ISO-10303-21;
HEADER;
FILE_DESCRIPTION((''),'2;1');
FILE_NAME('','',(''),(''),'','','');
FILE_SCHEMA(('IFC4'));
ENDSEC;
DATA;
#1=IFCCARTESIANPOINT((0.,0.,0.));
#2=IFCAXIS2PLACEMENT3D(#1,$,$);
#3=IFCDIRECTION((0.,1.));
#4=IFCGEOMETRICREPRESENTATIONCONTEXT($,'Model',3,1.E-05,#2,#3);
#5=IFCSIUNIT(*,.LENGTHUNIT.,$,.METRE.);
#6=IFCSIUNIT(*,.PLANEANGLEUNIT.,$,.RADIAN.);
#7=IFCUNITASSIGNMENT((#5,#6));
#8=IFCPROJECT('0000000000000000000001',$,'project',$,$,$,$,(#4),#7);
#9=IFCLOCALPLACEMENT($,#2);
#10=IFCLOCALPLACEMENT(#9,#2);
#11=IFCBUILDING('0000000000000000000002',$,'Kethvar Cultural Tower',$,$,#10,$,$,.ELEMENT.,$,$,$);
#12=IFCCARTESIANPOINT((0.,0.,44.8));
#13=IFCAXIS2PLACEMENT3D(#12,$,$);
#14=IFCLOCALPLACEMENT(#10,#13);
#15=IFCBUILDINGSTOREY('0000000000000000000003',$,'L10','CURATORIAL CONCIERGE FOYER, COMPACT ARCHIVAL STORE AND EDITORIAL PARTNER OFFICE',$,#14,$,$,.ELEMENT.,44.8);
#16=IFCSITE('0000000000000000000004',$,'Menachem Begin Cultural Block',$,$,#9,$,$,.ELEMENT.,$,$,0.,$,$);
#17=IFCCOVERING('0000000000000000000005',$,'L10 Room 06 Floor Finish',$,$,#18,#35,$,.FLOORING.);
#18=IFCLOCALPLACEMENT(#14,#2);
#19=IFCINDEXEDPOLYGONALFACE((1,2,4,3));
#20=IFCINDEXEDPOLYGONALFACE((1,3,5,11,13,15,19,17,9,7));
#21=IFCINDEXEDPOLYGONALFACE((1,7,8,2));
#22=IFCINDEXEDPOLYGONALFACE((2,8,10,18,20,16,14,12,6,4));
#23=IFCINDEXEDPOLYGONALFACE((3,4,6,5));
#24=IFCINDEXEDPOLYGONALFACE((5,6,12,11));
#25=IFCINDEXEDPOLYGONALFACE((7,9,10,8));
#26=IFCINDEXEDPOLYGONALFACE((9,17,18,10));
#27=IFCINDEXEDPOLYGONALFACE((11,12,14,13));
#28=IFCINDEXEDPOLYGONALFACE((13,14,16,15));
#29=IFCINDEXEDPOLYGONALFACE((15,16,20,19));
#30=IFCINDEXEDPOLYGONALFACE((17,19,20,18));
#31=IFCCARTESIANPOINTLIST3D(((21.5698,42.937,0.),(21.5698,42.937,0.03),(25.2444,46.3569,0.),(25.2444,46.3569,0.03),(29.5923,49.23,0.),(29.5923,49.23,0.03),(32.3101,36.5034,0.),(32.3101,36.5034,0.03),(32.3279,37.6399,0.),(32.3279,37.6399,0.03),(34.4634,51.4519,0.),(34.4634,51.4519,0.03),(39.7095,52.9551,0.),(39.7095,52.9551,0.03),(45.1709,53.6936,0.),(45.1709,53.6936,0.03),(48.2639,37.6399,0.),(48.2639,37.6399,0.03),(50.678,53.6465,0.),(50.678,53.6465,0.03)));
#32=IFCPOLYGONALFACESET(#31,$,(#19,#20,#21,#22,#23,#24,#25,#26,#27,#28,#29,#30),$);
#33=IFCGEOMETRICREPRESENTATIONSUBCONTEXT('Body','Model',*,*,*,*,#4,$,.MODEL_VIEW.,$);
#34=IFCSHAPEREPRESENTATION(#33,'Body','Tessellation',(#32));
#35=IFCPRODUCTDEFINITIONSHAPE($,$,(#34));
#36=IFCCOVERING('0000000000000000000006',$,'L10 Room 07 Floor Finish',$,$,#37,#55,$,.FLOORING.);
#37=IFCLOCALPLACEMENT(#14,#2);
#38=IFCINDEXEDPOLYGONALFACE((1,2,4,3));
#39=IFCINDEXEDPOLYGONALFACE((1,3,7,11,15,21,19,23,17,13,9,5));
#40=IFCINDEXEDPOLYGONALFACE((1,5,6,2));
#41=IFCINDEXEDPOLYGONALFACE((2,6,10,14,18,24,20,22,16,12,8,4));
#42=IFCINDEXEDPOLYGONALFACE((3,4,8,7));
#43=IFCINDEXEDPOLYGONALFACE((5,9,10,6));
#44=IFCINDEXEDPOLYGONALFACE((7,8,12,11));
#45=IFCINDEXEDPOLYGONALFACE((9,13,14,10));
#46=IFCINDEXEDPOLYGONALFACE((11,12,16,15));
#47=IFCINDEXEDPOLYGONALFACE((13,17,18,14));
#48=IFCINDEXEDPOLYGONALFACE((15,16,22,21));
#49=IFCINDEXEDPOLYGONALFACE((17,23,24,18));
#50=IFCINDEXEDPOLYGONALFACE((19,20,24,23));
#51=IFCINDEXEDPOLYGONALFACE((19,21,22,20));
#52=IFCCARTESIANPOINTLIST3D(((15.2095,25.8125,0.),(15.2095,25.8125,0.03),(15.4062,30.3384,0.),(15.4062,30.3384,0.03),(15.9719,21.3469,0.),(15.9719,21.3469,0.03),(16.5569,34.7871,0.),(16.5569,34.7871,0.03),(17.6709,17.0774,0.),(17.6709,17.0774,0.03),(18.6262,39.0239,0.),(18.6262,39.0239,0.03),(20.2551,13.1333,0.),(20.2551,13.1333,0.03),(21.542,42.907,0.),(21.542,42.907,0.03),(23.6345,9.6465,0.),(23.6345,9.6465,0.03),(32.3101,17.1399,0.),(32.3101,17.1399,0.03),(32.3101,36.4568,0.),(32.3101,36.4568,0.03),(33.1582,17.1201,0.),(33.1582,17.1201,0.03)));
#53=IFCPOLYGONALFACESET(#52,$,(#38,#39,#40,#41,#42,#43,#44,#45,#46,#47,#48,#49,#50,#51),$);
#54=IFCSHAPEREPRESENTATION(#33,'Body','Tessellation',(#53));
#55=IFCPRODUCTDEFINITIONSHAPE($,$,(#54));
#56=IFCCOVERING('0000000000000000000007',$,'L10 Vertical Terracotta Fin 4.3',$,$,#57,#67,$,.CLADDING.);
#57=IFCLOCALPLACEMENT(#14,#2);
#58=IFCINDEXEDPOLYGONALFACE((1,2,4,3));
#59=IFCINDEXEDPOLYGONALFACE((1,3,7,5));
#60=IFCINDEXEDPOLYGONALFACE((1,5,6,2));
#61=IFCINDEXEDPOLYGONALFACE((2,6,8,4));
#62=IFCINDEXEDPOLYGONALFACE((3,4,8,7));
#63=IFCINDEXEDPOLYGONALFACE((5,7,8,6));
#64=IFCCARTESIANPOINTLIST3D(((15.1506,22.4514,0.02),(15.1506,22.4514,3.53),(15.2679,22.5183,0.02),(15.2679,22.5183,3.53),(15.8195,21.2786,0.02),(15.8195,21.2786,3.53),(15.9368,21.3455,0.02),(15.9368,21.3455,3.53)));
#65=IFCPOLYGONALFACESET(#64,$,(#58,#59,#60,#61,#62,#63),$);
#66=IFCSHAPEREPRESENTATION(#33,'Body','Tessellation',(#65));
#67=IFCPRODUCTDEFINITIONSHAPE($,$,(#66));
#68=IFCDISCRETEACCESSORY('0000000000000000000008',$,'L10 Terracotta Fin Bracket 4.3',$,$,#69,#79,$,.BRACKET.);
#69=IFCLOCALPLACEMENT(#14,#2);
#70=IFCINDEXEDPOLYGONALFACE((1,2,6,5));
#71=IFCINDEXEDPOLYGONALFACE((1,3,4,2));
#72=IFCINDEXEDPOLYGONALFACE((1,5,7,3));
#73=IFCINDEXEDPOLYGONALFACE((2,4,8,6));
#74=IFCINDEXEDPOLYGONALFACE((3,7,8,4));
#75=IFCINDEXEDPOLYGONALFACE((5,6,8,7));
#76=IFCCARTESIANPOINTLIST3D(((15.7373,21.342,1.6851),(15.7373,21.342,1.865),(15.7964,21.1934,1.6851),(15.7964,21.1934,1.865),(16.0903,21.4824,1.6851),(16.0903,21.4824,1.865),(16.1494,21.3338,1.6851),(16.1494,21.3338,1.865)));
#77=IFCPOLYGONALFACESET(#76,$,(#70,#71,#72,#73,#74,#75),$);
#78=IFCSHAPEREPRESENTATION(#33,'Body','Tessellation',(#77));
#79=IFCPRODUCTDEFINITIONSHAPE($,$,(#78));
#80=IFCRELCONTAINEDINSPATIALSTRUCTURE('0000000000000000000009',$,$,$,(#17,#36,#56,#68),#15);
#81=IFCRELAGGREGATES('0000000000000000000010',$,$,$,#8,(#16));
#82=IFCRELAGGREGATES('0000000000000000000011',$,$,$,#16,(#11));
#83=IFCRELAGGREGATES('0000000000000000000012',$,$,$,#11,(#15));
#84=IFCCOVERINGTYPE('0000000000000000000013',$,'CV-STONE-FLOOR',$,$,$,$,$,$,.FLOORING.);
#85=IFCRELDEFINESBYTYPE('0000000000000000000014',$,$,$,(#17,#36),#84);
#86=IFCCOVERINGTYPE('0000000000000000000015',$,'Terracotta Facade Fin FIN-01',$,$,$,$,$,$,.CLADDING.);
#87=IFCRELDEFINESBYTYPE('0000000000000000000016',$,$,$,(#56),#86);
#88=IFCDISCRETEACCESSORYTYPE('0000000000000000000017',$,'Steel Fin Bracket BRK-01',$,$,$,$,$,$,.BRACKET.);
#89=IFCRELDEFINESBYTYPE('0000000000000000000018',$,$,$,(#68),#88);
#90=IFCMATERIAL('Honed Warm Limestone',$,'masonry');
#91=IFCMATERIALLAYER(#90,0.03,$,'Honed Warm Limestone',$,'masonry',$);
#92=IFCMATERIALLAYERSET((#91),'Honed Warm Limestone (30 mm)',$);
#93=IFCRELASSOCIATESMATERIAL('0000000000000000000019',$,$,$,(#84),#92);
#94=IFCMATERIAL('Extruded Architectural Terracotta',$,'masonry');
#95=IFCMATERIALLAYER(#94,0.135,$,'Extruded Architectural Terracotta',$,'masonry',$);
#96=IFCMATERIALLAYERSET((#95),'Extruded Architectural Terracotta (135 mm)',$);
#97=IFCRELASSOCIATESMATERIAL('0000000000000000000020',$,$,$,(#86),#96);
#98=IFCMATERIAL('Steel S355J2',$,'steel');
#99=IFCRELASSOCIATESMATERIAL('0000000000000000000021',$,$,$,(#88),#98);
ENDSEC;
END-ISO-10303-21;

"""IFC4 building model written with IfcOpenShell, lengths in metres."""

from ifc_helpers import new_model, si_unit, direction, frame, origin, origin_2d, place, context, subcontext, project, spatial, polyline, rectangle, outline, extrude, source, transform, mapped, material, layer, layer_set, type_object, element, save


model = new_model("IFC4")

# Units and contexts
model_context = context("Model", 3, precision=1e-05, world=origin(), true_north=direction((0.0, 1.0)))
body_context = subcontext(model_context, "Body", "Model", "MODEL_VIEW")
ifc_project = project(units=[si_unit("LENGTHUNIT", "METRE"), si_unit("PLANEANGLEUNIT", "RADIAN")], contexts=[model_context])

# Site, building, storey
site_placement = place(None, origin())
site = spatial("IfcSite", under=ifc_project, at=site_placement, Name="Menachem Begin Cultural Block", CompositionType="ELEMENT", RefElevation=0.0)
building_placement = place(site_placement, origin())
building = spatial("IfcBuilding", under=site, at=building_placement, Name="Kethvar Cultural Tower", CompositionType="ELEMENT")
storey_placement = place(building_placement, frame((0.0, 0.0, 44.8)))
storey = spatial("IfcBuildingStorey", under=building, at=storey_placement, Name="L10", Description="CURATORIAL CONCIERGE FOYER, COMPACT ARCHIVAL STORE AND EDITORIAL PARTNER OFFICE", CompositionType="ELEMENT", Elevation=44.8)

# Coverings
ifc_material_1 = material(Name="Honed Warm Limestone", Category="masonry")
ifc_layer_1 = layer(ifc_material_1, 0.03, Name="Honed Warm Limestone", Category="masonry")
ifc_layer_set_1 = layer_set([ifc_layer_1], Name="Honed Warm Limestone (30 mm)")
covering_type_1 = type_object("IfcCoveringType", Name="CV-STONE-FLOOR", PredefinedType="FLOORING", material=ifc_layer_set_1)
covering_1_placement = place(storey_placement, origin())
element("IfcCovering", 1, at=covering_1_placement, inside=storey, type_object=covering_type_1, Name="L10 Room 06 Floor Finish", PredefinedType="FLOORING", context=body_context, shape_type="SweptSolid", body=[
    extrude(outline(polyline([(25.2444, 46.3569), (29.5923, 49.23), (34.4634, 51.4519), (39.7095, 52.9551), (45.1709, 53.6936), (50.678, 53.6465), (48.2639, 37.6399), (32.3279, 37.6399), (32.3101, 36.5034), (21.5698, 42.937), (25.2444, 46.3569)])), origin(), (0.0, 0.0, 1.0), 0.03),
])
covering_2_placement = place(storey_placement, origin())
element("IfcCovering", 2, at=covering_2_placement, inside=storey, type_object=covering_type_1, Name="L10 Room 07 Floor Finish", PredefinedType="FLOORING", context=body_context, shape_type="SweptSolid", body=[
    extrude(outline(polyline([(20.2551, 13.1333), (17.6709, 17.0774), (15.9719, 21.3469), (15.2095, 25.8125), (15.4062, 30.3384), (16.5569, 34.7871), (18.6262, 39.0239), (21.542, 42.907), (32.3101, 36.4568), (32.3101, 17.1399), (33.1582, 17.1201), (23.6345, 9.6465), (20.2551, 13.1333)])), origin(), (0.0, 0.0, 1.0), 0.03),
])
ifc_material_2 = material(Name="Extruded Architectural Terracotta", Category="masonry")
ifc_layer_2 = layer(ifc_material_2, 0.135, Name="Extruded Architectural Terracotta", Category="masonry")
ifc_layer_set_2 = layer_set([ifc_layer_2], Name="Extruded Architectural Terracotta (135 mm)")
covering_type_2 = type_object("IfcCoveringType", Name="Terracotta Facade Fin FIN-01", PredefinedType="CLADDING", material=ifc_layer_set_2)
shared_shape_1 = source(origin(), body_context, "Body", "SweptSolid", [
    extrude(rectangle(XDim=1.3501, YDim=0.135, at=origin_2d()), origin(), (0.0, 0.0, 1.0), 3.51),
])
covering_3_placement = place(storey_placement, frame((15.5437, 21.8984, 0.02), z_axis=(0.0, 0.0, 1.0), x_axis=(-0.495459, 0.868632, 0.0)))
element("IfcCovering", 3, at=covering_3_placement, inside=storey, type_object=covering_type_2, Name="L10 Vertical Terracotta Fin 4.3", PredefinedType="CLADDING", context=body_context, shape_type="MappedRepresentation", body=[
    mapped(shared_shape_1, transform((0.0, 0.0, 0.0), scale=1.0)),
])

# Discrete accessory
ifc_material_3 = material(Name="Steel S355J2", Category="steel")
discrete_accessory_type = type_object("IfcDiscreteAccessoryType", Name="Steel Fin Bracket BRK-01", PredefinedType="BRACKET", material=ifc_material_3)
shared_shape_2 = source(origin(), body_context, "Body", "SweptSolid", [
    extrude(rectangle(XDim=0.3799, YDim=0.1599, at=origin_2d()), origin(), (0.0, 0.0, 1.0), 0.1799),
])
discrete_accessory_placement = place(storey_placement, frame((15.9434, 21.3379, 1.6851), z_axis=(0.0, 0.0, 1.0), x_axis=(-0.929133, -0.369747, 0.0)))
element("IfcDiscreteAccessory", 4, at=discrete_accessory_placement, inside=storey, type_object=discrete_accessory_type, Name="L10 Terracotta Fin Bracket 4.3", PredefinedType="BRACKET", context=body_context, shape_type="MappedRepresentation", body=[
    mapped(shared_shape_2, transform((0.0, 0.0, 0.0), scale=1.0)),
])

save(model, "model.ifc")
